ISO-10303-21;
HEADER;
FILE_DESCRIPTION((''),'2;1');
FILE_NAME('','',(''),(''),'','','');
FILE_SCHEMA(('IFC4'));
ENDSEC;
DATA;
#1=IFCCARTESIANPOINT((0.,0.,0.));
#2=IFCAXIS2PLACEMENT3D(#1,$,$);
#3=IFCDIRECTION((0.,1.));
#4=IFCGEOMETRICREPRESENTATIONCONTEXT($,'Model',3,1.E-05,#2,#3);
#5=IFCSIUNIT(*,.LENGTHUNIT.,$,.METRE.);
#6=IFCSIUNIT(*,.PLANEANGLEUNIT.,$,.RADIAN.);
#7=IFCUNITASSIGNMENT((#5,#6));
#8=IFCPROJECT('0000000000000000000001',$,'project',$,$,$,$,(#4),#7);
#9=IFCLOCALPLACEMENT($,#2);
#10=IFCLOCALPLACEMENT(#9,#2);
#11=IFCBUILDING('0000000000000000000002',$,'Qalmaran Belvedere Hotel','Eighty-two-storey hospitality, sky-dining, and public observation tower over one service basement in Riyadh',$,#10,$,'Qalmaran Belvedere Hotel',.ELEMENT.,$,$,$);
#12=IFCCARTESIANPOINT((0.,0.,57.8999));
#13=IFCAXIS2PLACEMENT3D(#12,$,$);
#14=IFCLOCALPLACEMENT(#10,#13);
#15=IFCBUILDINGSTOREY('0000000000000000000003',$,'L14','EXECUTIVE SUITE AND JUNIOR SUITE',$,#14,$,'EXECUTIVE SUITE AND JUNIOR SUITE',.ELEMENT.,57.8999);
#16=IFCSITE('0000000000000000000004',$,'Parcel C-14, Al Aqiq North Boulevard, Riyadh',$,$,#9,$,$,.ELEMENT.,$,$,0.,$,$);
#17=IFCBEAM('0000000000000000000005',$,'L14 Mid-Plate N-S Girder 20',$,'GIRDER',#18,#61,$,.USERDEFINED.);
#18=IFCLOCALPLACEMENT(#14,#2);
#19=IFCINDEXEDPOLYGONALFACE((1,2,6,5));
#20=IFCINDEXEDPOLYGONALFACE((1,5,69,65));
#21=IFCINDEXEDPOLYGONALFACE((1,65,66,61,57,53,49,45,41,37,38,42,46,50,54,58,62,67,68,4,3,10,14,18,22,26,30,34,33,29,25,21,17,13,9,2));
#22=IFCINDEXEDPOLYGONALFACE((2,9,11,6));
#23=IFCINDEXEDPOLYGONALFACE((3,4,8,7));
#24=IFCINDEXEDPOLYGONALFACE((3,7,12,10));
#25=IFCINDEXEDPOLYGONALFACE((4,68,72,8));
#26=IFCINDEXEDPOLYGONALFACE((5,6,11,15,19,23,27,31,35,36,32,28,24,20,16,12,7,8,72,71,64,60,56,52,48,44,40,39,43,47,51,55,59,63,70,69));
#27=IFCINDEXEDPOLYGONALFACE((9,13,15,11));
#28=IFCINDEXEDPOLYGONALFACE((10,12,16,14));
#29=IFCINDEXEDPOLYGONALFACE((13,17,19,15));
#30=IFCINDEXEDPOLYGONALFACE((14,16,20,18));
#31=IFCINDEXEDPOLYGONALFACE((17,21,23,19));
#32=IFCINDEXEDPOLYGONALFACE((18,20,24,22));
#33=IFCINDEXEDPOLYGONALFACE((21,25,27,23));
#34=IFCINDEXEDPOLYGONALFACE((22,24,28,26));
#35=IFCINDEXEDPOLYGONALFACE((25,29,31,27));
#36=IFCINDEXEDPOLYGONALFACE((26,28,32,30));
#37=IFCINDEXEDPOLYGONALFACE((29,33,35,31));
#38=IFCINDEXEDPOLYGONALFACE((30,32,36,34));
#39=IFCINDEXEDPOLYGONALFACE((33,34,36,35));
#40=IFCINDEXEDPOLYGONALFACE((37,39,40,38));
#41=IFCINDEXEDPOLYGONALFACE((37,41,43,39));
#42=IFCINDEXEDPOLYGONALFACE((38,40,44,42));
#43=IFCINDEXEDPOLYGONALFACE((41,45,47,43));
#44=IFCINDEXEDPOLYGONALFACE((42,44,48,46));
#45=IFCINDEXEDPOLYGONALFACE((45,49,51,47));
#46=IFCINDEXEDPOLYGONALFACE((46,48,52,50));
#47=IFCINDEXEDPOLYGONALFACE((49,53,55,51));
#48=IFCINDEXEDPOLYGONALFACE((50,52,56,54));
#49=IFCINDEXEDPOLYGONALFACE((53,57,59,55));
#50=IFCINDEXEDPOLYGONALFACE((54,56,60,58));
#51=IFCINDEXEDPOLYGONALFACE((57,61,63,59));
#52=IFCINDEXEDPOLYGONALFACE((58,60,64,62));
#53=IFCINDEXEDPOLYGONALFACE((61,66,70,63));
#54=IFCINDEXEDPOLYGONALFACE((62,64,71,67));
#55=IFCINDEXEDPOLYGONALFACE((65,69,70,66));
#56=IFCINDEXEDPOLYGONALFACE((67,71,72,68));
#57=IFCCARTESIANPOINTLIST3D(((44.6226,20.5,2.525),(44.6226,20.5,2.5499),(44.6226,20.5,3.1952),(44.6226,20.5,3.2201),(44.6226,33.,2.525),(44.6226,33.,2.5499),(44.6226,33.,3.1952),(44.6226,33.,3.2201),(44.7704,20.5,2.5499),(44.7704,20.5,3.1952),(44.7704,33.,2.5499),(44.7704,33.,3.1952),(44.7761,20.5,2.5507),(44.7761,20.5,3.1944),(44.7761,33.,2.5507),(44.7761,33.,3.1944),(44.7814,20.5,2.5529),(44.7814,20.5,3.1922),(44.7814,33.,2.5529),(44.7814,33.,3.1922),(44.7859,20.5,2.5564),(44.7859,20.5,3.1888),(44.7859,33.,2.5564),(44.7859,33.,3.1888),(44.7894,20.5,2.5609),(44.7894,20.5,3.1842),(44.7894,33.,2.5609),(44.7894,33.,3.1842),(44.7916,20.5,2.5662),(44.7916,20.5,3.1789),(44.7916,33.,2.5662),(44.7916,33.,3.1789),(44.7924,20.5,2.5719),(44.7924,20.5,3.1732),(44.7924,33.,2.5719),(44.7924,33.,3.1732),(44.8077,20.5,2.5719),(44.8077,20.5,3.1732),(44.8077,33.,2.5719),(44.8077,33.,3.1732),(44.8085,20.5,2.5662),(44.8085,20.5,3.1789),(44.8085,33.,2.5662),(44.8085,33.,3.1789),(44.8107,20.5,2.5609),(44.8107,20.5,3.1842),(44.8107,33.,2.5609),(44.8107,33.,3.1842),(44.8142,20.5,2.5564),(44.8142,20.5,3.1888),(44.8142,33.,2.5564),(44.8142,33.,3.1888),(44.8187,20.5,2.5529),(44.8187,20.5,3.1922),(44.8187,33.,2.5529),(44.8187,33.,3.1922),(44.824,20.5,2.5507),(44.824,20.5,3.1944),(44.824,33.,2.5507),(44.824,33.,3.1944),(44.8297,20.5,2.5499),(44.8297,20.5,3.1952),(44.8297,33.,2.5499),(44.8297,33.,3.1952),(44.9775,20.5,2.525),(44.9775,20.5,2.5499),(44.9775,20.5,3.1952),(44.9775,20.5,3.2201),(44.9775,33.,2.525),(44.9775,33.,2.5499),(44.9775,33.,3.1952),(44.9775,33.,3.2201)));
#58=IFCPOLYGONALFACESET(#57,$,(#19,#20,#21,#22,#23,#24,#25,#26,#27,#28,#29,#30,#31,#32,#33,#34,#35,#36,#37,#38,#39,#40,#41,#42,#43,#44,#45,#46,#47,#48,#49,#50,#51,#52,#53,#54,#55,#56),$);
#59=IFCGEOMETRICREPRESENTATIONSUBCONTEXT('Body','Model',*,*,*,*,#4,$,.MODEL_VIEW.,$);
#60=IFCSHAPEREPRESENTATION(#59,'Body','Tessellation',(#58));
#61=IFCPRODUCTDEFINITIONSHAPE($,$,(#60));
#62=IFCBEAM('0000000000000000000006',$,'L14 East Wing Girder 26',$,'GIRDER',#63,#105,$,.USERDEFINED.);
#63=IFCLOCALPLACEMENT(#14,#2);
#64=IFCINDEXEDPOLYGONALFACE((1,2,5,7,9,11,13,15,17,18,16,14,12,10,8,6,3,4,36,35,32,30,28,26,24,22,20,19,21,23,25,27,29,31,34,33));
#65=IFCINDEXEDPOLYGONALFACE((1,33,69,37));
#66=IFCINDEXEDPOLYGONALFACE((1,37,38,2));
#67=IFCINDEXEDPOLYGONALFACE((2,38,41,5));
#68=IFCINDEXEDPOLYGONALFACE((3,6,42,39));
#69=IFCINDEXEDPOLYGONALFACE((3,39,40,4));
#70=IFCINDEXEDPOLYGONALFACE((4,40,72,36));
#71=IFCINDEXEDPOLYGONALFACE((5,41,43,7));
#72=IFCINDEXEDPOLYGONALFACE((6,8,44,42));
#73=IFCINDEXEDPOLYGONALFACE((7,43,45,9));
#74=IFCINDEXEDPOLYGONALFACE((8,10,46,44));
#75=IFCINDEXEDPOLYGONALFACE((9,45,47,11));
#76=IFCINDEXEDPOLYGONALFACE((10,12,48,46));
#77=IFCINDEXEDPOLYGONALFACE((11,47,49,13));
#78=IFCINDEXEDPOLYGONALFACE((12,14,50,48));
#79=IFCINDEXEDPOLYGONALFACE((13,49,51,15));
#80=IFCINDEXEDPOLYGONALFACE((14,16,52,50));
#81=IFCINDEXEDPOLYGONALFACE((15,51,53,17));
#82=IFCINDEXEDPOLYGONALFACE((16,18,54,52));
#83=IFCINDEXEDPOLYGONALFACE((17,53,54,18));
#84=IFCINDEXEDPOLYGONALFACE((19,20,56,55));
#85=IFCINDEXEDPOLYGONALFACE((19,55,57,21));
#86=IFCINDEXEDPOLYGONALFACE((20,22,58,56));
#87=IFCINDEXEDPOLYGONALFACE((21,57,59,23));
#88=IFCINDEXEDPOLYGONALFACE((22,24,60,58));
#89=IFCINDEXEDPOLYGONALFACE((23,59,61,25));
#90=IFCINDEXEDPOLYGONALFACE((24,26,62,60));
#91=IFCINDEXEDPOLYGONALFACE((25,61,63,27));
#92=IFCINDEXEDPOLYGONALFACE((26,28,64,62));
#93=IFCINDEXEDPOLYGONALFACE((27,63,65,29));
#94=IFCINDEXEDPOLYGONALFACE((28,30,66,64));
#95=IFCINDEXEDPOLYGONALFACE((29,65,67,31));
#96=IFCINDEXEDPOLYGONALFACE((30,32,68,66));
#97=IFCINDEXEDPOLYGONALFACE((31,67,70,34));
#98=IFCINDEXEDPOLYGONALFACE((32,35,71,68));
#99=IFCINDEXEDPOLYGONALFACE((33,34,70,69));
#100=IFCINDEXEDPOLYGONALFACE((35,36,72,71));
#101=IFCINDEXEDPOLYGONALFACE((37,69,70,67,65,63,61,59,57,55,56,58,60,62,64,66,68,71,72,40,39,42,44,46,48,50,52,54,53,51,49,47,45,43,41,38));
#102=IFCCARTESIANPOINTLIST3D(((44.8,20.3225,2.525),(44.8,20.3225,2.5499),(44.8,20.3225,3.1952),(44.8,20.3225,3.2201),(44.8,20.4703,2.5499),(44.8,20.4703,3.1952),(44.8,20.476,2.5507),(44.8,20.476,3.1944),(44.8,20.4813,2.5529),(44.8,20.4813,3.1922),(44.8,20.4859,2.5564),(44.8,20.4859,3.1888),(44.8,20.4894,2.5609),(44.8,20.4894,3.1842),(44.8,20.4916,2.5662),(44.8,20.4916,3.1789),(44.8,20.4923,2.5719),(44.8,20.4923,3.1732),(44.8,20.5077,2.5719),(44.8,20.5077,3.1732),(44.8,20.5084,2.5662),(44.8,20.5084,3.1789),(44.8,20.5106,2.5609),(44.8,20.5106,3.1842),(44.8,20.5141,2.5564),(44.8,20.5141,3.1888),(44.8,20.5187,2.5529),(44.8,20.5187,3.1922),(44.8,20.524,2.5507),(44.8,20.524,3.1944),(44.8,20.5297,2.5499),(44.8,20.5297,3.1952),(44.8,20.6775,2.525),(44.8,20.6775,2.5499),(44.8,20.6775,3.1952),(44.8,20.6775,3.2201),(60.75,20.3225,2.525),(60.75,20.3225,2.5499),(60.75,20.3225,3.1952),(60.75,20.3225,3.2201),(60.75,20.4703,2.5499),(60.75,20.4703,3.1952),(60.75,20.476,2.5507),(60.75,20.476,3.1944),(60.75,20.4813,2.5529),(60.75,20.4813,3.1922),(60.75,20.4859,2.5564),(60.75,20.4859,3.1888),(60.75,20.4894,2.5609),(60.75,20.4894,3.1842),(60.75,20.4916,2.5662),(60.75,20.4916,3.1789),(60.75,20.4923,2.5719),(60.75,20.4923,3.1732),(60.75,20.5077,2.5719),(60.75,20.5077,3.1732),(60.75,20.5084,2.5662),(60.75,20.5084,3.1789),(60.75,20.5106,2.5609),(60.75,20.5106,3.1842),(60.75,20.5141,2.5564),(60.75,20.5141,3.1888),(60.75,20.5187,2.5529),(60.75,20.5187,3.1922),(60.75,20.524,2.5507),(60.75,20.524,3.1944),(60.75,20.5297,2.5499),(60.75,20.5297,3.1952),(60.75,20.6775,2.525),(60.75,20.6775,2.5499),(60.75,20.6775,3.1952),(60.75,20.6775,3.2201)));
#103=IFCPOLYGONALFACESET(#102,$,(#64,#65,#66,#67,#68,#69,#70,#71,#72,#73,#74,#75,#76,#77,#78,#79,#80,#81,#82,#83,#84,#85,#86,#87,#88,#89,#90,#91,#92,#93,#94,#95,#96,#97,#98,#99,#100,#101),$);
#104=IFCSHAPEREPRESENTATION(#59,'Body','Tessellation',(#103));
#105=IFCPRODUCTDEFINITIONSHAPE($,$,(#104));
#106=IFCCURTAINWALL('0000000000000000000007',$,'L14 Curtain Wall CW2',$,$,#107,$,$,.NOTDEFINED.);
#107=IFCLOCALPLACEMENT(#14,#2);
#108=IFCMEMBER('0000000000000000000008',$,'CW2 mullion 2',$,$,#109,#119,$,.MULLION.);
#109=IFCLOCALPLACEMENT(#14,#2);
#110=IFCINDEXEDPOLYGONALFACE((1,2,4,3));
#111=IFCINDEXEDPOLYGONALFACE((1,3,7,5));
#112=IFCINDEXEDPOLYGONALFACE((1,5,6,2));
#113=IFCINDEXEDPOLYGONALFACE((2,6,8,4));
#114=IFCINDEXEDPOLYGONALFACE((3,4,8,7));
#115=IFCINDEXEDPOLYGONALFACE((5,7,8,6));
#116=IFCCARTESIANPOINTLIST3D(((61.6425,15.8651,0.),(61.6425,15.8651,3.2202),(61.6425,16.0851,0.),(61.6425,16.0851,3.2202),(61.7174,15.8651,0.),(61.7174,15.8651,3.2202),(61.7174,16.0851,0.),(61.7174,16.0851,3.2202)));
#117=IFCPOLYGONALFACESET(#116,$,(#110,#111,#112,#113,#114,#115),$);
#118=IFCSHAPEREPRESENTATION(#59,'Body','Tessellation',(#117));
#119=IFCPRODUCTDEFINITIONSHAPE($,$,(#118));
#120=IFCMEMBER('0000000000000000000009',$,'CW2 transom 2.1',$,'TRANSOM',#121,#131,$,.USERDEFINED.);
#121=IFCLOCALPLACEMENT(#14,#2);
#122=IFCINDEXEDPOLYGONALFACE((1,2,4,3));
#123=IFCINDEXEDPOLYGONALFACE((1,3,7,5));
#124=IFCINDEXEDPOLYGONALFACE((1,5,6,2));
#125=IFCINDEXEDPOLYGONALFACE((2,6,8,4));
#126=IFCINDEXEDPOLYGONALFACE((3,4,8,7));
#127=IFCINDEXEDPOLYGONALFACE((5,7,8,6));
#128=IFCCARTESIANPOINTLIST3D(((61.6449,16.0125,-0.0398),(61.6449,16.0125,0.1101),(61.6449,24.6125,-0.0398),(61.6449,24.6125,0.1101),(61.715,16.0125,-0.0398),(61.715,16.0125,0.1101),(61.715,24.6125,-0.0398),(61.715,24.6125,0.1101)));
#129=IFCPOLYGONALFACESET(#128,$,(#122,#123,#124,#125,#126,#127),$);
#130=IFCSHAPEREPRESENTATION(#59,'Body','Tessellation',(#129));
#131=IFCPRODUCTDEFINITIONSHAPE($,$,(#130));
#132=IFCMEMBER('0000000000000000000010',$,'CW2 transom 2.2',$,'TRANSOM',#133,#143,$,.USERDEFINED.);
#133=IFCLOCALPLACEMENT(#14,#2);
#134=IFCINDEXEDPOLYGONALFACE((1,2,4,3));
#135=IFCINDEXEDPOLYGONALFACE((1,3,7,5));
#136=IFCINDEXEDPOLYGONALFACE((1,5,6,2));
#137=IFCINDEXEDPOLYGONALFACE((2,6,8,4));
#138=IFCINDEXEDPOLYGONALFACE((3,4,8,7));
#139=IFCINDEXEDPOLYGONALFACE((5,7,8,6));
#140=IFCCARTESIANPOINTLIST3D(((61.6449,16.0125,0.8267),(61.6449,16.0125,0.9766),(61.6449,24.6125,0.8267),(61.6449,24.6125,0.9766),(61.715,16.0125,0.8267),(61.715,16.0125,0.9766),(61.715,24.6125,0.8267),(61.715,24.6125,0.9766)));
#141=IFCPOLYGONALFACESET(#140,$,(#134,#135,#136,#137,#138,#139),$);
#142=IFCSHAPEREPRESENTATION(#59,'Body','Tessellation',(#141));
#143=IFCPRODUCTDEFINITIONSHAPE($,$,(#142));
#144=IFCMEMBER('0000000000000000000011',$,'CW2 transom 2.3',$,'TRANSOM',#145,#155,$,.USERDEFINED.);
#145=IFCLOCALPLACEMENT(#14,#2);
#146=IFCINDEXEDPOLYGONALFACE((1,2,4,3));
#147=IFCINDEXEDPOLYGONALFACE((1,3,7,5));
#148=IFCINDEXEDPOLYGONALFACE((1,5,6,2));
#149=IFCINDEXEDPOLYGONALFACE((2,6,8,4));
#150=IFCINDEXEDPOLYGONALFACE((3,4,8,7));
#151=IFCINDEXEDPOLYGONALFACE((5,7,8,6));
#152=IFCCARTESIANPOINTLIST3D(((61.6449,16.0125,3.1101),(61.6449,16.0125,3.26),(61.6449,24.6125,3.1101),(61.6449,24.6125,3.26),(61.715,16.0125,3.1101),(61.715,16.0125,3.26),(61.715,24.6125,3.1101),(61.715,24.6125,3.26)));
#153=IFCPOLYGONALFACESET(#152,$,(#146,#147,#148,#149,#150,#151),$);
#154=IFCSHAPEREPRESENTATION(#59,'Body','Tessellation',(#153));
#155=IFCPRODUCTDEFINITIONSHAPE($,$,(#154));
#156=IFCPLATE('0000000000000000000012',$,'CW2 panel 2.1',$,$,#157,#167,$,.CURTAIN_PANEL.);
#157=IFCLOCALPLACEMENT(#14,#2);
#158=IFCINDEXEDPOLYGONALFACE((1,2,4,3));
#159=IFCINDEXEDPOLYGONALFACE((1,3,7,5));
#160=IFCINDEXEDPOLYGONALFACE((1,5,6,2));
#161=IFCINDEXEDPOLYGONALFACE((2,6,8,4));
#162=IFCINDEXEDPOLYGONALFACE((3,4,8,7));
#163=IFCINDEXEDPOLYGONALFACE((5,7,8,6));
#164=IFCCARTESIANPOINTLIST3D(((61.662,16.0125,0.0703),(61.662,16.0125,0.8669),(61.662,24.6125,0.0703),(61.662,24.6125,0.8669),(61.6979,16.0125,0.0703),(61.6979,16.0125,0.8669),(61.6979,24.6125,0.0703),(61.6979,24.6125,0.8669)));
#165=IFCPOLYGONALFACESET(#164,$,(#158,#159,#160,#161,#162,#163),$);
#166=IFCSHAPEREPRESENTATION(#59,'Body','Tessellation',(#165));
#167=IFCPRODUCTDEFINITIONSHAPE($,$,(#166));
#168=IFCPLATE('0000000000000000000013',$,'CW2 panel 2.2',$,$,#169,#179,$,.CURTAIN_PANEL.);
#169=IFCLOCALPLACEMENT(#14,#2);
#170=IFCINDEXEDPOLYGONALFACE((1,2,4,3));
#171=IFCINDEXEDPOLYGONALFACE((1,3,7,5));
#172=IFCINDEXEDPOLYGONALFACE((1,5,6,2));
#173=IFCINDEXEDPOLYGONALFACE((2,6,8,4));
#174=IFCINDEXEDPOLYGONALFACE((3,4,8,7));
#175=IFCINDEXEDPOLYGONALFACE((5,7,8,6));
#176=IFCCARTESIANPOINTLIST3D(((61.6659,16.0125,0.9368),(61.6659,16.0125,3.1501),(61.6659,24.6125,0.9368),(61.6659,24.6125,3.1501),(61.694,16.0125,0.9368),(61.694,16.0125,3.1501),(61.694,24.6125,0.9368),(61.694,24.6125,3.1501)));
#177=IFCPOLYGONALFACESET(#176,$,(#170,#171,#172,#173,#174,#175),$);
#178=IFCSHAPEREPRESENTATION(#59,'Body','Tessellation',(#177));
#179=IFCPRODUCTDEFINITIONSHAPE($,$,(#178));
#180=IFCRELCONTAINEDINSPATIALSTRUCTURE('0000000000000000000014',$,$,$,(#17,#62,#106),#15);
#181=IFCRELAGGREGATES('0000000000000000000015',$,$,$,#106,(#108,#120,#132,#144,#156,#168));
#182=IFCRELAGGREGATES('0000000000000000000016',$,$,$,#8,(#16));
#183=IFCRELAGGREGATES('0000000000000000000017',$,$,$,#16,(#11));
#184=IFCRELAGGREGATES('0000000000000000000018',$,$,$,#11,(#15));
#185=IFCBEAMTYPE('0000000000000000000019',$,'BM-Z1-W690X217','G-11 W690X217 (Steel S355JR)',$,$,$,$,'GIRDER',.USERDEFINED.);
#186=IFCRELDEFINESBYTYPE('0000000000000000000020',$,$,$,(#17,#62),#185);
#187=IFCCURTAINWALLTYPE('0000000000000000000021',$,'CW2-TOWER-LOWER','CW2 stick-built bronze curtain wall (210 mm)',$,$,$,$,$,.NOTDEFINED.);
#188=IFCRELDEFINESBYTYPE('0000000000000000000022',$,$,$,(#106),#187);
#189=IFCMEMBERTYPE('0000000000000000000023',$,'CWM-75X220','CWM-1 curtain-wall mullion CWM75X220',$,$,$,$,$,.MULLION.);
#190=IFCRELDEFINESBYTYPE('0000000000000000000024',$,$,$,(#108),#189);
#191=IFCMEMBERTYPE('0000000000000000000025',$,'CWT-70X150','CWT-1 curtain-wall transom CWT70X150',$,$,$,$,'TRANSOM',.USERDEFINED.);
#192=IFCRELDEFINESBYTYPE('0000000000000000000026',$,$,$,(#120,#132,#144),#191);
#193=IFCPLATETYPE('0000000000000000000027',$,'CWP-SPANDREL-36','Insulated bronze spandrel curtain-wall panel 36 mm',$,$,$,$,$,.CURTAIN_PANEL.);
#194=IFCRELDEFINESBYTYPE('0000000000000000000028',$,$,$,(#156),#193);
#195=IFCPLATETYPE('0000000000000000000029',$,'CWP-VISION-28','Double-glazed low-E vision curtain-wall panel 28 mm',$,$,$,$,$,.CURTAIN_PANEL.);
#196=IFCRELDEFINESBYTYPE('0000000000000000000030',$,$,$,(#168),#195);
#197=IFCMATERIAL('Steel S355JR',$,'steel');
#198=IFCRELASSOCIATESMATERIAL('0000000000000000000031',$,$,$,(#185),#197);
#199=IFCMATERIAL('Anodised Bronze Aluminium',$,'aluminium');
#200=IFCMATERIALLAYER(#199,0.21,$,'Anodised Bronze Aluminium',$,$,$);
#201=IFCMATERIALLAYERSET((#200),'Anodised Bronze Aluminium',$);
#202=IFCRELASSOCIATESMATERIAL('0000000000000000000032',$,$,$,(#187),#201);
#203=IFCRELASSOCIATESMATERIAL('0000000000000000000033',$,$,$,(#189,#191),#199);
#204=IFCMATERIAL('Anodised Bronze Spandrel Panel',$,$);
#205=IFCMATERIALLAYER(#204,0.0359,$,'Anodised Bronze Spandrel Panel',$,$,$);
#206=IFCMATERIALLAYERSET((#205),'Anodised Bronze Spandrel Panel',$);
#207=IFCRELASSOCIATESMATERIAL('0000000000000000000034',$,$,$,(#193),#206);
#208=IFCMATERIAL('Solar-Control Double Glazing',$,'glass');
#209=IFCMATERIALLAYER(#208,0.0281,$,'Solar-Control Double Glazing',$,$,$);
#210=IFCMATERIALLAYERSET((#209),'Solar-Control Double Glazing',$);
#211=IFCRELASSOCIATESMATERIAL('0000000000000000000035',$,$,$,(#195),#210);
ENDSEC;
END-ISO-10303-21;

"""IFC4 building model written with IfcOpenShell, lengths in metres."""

from ifc_helpers import new_model, si_unit, direction, frame, origin, origin_2d, place, context, subcontext, project, spatial, rectangle, i_section, extrude, material, layer, layer_set, material_profile, profile_set, type_object, element, aggregate, save


model = new_model("IFC4")

# Units and contexts
model_context = context("Model", 3, precision=1e-05, world=origin(), true_north=direction((0.0, 1.0)))
body_context = subcontext(model_context, "Body", "Model", "MODEL_VIEW")
ifc_project = project(units=[si_unit("LENGTHUNIT", "METRE"), si_unit("PLANEANGLEUNIT", "RADIAN")], contexts=[model_context])

# Site, building, storey
site_placement = place(None, origin())
site = spatial("IfcSite", under=ifc_project, at=site_placement, Name="Parcel C-14, Al Aqiq North Boulevard, Riyadh", CompositionType="ELEMENT", RefElevation=0.0)
building_placement = place(site_placement, origin())
building = spatial("IfcBuilding", under=site, at=building_placement, Name="Qalmaran Belvedere Hotel", Description="Eighty-two-storey hospitality, sky-dining, and public observation tower over one service basement in Riyadh", LongName="Qalmaran Belvedere Hotel", CompositionType="ELEMENT")
storey_placement = place(building_placement, frame((0.0, 0.0, 57.8999)))
storey = spatial("IfcBuildingStorey", under=building, at=storey_placement, Name="L14", Description="EXECUTIVE SUITE AND JUNIOR SUITE", LongName="EXECUTIVE SUITE AND JUNIOR SUITE", CompositionType="ELEMENT", Elevation=57.8999)

# Beams
ifc_material_1 = material(Name="Steel S355JR", Category="steel")
ifc_material_profile_1 = material_profile(ifc_material_1, i_section(OverallWidth=0.355, OverallDepth=0.6951, WebThickness=0.0154, FlangeThickness=0.0249, FilletRadius=0.022, at=origin_2d()), Name="W690X217")
ifc_profile_set_1 = profile_set([ifc_material_profile_1], Name="Steel S355JR")
beam_type_1 = type_object("IfcBeamType", Name="BM-Z1-W690X217", Description="G-11 W690X217 (Steel S355JR)", ElementType="GIRDER", PredefinedType="USERDEFINED", material=ifc_profile_set_1)
beam_1_placement = place(storey_placement, frame((44.8, 20.5, 2.8726), z_axis=(0.0, 1.0, 0.0), x_axis=(-1.0, 0.0, 0.0)))
element("IfcBeam", 1, at=beam_1_placement, inside=storey, type_object=beam_type_1, Name="L14 Mid-Plate N-S Girder 20", ObjectType="GIRDER", PredefinedType="USERDEFINED", context=body_context, shape_type="SweptSolid", body=[
    extrude(i_section(OverallWidth=0.355, OverallDepth=0.6951, WebThickness=0.0154, FlangeThickness=0.0249, FilletRadius=0.022, at=origin_2d()), origin(), (0.0, 0.0, 1.0), 12.5),
])
beam_2_placement = place(storey_placement, frame((44.8, 20.5, 2.8726), z_axis=(1.0, 0.0, 0.0), x_axis=(0.0, 1.0, 0.0)))
element("IfcBeam", 2, at=beam_2_placement, inside=storey, type_object=beam_type_1, Name="L14 East Wing Girder 26", ObjectType="GIRDER", PredefinedType="USERDEFINED", context=body_context, shape_type="SweptSolid", body=[
    extrude(i_section(OverallWidth=0.355, OverallDepth=0.6951, WebThickness=0.0154, FlangeThickness=0.0249, FilletRadius=0.022, at=origin_2d()), origin(), (0.0, 0.0, 1.0), 15.95),
])

# Curtain wall, members, plates
ifc_material_2 = material(Name="Anodised Bronze Aluminium", Category="aluminium")
ifc_layer_1 = layer(ifc_material_2, 0.21, Name="Anodised Bronze Aluminium")
ifc_layer_set_1 = layer_set([ifc_layer_1], Name="Anodised Bronze Aluminium")
curtain_wall_type = type_object("IfcCurtainWallType", Name="CW2-TOWER-LOWER", Description="CW2 stick-built bronze curtain wall (210 mm)", PredefinedType="NOTDEFINED", material=ifc_layer_set_1)
curtain_wall_placement = place(storey_placement, origin())
curtain_wall = element("IfcCurtainWall", 3, at=curtain_wall_placement, inside=storey, type_object=curtain_wall_type, Name="L14 Curtain Wall CW2", PredefinedType="NOTDEFINED")
ifc_material_profile_2 = material_profile(ifc_material_2, rectangle(XDim=0.075, YDim=0.22, at=origin_2d()), Name="CWM75X220")
ifc_profile_set_2 = profile_set([ifc_material_profile_2], Name="Anodised Bronze Aluminium")
member_type_1 = type_object("IfcMemberType", Name="CWM-75X220", Description="CWM-1 curtain-wall mullion CWM75X220", PredefinedType="MULLION", material=ifc_profile_set_2)
member_1_placement = place(storey_placement, frame((61.6799, 15.9751, 0.0), z_axis=(0.0, 0.0, 1.0), x_axis=(-1.0, 0.0, 0.0)))
member_1 = element("IfcMember", 4, at=member_1_placement, type_object=member_type_1, Name="CW2 mullion 2", PredefinedType="MULLION", context=body_context, shape_type="SweptSolid", body=[
    extrude(rectangle(XDim=0.075, YDim=0.22, at=origin_2d()), origin(), (0.0, 0.0, 1.0), 3.2202),
])
ifc_material_profile_3 = material_profile(ifc_material_2, rectangle(XDim=0.0701, YDim=0.1499, at=origin_2d()), Name="CWT70X150")
ifc_profile_set_3 = profile_set([ifc_material_profile_3], Name="Anodised Bronze Aluminium")
member_type_2 = type_object("IfcMemberType", Name="CWT-70X150", Description="CWT-1 curtain-wall transom CWT70X150", ElementType="TRANSOM", PredefinedType="USERDEFINED", material=ifc_profile_set_3)
member_2_placement = place(storey_placement, frame((61.6799, 16.0125, 0.0352), z_axis=(0.0, 1.0, 0.0), x_axis=(-1.0, 0.0, 0.0)))
member_2 = element("IfcMember", 5, at=member_2_placement, type_object=member_type_2, Name="CW2 transom 2.1", ObjectType="TRANSOM", PredefinedType="USERDEFINED", context=body_context, shape_type="SweptSolid", body=[
    extrude(rectangle(XDim=0.0701, YDim=0.1499, at=origin_2d()), origin(), (0.0, 0.0, 1.0), 8.6001),
])
member_3_placement = place(storey_placement, frame((61.6799, 16.0125, 0.9016), z_axis=(0.0, 1.0, 0.0), x_axis=(-1.0, 0.0, 0.0)))
member_3 = element("IfcMember", 6, at=member_3_placement, type_object=member_type_2, Name="CW2 transom 2.2", ObjectType="TRANSOM", PredefinedType="USERDEFINED", context=body_context, shape_type="SweptSolid", body=[
    extrude(rectangle(XDim=0.0701, YDim=0.1499, at=origin_2d()), origin(), (0.0, 0.0, 1.0), 8.6001),
])
member_4_placement = place(storey_placement, frame((61.6799, 16.0125, 3.1851), z_axis=(0.0, 1.0, 0.0), x_axis=(-1.0, 0.0, 0.0)))
member_4 = element("IfcMember", 7, at=member_4_placement, type_object=member_type_2, Name="CW2 transom 2.3", ObjectType="TRANSOM", PredefinedType="USERDEFINED", context=body_context, shape_type="SweptSolid", body=[
    extrude(rectangle(XDim=0.0701, YDim=0.1499, at=origin_2d()), origin(), (0.0, 0.0, 1.0), 8.6001),
])
ifc_material_3 = material(Name="Anodised Bronze Spandrel Panel")
ifc_layer_2 = layer(ifc_material_3, 0.0359, Name="Anodised Bronze Spandrel Panel")
ifc_layer_set_2 = layer_set([ifc_layer_2], Name="Anodised Bronze Spandrel Panel")
plate_type_1 = type_object("IfcPlateType", Name="CWP-SPANDREL-36", Description="Insulated bronze spandrel curtain-wall panel 36 mm", PredefinedType="CURTAIN_PANEL", material=ifc_layer_set_2)
plate_1_placement = place(storey_placement, frame((61.6799, 20.3125, 0.0703), z_axis=(0.0, 0.0, 1.0), x_axis=(0.0, 1.0, 0.0)))
plate_1 = element("IfcPlate", 8, at=plate_1_placement, type_object=plate_type_1, Name="CW2 panel 2.1", PredefinedType="CURTAIN_PANEL", context=body_context, shape_type="SweptSolid", body=[
    extrude(rectangle(XDim=8.6001, YDim=0.0359, at=origin_2d()), origin(), (0.0, 0.0, 1.0), 0.7966),
])
ifc_material_4 = material(Name="Solar-Control Double Glazing", Category="glass")
ifc_layer_3 = layer(ifc_material_4, 0.0281, Name="Solar-Control Double Glazing")
ifc_layer_set_3 = layer_set([ifc_layer_3], Name="Solar-Control Double Glazing")
plate_type_2 = type_object("IfcPlateType", Name="CWP-VISION-28", Description="Double-glazed low-E vision curtain-wall panel 28 mm", PredefinedType="CURTAIN_PANEL", material=ifc_layer_set_3)
plate_2_placement = place(storey_placement, frame((61.6799, 20.3125, 0.9368), z_axis=(0.0, 0.0, 1.0), x_axis=(0.0, 1.0, 0.0)))
plate_2 = element("IfcPlate", 9, at=plate_2_placement, type_object=plate_type_2, Name="CW2 panel 2.2", PredefinedType="CURTAIN_PANEL", context=body_context, shape_type="SweptSolid", body=[
    extrude(rectangle(XDim=8.6001, YDim=0.0281, at=origin_2d()), origin(), (0.0, 0.0, 1.0), 2.2134),
])
aggregate(curtain_wall, [member_1, member_2, member_3, member_4, plate_1, plate_2])

save(model, "model.ifc")
